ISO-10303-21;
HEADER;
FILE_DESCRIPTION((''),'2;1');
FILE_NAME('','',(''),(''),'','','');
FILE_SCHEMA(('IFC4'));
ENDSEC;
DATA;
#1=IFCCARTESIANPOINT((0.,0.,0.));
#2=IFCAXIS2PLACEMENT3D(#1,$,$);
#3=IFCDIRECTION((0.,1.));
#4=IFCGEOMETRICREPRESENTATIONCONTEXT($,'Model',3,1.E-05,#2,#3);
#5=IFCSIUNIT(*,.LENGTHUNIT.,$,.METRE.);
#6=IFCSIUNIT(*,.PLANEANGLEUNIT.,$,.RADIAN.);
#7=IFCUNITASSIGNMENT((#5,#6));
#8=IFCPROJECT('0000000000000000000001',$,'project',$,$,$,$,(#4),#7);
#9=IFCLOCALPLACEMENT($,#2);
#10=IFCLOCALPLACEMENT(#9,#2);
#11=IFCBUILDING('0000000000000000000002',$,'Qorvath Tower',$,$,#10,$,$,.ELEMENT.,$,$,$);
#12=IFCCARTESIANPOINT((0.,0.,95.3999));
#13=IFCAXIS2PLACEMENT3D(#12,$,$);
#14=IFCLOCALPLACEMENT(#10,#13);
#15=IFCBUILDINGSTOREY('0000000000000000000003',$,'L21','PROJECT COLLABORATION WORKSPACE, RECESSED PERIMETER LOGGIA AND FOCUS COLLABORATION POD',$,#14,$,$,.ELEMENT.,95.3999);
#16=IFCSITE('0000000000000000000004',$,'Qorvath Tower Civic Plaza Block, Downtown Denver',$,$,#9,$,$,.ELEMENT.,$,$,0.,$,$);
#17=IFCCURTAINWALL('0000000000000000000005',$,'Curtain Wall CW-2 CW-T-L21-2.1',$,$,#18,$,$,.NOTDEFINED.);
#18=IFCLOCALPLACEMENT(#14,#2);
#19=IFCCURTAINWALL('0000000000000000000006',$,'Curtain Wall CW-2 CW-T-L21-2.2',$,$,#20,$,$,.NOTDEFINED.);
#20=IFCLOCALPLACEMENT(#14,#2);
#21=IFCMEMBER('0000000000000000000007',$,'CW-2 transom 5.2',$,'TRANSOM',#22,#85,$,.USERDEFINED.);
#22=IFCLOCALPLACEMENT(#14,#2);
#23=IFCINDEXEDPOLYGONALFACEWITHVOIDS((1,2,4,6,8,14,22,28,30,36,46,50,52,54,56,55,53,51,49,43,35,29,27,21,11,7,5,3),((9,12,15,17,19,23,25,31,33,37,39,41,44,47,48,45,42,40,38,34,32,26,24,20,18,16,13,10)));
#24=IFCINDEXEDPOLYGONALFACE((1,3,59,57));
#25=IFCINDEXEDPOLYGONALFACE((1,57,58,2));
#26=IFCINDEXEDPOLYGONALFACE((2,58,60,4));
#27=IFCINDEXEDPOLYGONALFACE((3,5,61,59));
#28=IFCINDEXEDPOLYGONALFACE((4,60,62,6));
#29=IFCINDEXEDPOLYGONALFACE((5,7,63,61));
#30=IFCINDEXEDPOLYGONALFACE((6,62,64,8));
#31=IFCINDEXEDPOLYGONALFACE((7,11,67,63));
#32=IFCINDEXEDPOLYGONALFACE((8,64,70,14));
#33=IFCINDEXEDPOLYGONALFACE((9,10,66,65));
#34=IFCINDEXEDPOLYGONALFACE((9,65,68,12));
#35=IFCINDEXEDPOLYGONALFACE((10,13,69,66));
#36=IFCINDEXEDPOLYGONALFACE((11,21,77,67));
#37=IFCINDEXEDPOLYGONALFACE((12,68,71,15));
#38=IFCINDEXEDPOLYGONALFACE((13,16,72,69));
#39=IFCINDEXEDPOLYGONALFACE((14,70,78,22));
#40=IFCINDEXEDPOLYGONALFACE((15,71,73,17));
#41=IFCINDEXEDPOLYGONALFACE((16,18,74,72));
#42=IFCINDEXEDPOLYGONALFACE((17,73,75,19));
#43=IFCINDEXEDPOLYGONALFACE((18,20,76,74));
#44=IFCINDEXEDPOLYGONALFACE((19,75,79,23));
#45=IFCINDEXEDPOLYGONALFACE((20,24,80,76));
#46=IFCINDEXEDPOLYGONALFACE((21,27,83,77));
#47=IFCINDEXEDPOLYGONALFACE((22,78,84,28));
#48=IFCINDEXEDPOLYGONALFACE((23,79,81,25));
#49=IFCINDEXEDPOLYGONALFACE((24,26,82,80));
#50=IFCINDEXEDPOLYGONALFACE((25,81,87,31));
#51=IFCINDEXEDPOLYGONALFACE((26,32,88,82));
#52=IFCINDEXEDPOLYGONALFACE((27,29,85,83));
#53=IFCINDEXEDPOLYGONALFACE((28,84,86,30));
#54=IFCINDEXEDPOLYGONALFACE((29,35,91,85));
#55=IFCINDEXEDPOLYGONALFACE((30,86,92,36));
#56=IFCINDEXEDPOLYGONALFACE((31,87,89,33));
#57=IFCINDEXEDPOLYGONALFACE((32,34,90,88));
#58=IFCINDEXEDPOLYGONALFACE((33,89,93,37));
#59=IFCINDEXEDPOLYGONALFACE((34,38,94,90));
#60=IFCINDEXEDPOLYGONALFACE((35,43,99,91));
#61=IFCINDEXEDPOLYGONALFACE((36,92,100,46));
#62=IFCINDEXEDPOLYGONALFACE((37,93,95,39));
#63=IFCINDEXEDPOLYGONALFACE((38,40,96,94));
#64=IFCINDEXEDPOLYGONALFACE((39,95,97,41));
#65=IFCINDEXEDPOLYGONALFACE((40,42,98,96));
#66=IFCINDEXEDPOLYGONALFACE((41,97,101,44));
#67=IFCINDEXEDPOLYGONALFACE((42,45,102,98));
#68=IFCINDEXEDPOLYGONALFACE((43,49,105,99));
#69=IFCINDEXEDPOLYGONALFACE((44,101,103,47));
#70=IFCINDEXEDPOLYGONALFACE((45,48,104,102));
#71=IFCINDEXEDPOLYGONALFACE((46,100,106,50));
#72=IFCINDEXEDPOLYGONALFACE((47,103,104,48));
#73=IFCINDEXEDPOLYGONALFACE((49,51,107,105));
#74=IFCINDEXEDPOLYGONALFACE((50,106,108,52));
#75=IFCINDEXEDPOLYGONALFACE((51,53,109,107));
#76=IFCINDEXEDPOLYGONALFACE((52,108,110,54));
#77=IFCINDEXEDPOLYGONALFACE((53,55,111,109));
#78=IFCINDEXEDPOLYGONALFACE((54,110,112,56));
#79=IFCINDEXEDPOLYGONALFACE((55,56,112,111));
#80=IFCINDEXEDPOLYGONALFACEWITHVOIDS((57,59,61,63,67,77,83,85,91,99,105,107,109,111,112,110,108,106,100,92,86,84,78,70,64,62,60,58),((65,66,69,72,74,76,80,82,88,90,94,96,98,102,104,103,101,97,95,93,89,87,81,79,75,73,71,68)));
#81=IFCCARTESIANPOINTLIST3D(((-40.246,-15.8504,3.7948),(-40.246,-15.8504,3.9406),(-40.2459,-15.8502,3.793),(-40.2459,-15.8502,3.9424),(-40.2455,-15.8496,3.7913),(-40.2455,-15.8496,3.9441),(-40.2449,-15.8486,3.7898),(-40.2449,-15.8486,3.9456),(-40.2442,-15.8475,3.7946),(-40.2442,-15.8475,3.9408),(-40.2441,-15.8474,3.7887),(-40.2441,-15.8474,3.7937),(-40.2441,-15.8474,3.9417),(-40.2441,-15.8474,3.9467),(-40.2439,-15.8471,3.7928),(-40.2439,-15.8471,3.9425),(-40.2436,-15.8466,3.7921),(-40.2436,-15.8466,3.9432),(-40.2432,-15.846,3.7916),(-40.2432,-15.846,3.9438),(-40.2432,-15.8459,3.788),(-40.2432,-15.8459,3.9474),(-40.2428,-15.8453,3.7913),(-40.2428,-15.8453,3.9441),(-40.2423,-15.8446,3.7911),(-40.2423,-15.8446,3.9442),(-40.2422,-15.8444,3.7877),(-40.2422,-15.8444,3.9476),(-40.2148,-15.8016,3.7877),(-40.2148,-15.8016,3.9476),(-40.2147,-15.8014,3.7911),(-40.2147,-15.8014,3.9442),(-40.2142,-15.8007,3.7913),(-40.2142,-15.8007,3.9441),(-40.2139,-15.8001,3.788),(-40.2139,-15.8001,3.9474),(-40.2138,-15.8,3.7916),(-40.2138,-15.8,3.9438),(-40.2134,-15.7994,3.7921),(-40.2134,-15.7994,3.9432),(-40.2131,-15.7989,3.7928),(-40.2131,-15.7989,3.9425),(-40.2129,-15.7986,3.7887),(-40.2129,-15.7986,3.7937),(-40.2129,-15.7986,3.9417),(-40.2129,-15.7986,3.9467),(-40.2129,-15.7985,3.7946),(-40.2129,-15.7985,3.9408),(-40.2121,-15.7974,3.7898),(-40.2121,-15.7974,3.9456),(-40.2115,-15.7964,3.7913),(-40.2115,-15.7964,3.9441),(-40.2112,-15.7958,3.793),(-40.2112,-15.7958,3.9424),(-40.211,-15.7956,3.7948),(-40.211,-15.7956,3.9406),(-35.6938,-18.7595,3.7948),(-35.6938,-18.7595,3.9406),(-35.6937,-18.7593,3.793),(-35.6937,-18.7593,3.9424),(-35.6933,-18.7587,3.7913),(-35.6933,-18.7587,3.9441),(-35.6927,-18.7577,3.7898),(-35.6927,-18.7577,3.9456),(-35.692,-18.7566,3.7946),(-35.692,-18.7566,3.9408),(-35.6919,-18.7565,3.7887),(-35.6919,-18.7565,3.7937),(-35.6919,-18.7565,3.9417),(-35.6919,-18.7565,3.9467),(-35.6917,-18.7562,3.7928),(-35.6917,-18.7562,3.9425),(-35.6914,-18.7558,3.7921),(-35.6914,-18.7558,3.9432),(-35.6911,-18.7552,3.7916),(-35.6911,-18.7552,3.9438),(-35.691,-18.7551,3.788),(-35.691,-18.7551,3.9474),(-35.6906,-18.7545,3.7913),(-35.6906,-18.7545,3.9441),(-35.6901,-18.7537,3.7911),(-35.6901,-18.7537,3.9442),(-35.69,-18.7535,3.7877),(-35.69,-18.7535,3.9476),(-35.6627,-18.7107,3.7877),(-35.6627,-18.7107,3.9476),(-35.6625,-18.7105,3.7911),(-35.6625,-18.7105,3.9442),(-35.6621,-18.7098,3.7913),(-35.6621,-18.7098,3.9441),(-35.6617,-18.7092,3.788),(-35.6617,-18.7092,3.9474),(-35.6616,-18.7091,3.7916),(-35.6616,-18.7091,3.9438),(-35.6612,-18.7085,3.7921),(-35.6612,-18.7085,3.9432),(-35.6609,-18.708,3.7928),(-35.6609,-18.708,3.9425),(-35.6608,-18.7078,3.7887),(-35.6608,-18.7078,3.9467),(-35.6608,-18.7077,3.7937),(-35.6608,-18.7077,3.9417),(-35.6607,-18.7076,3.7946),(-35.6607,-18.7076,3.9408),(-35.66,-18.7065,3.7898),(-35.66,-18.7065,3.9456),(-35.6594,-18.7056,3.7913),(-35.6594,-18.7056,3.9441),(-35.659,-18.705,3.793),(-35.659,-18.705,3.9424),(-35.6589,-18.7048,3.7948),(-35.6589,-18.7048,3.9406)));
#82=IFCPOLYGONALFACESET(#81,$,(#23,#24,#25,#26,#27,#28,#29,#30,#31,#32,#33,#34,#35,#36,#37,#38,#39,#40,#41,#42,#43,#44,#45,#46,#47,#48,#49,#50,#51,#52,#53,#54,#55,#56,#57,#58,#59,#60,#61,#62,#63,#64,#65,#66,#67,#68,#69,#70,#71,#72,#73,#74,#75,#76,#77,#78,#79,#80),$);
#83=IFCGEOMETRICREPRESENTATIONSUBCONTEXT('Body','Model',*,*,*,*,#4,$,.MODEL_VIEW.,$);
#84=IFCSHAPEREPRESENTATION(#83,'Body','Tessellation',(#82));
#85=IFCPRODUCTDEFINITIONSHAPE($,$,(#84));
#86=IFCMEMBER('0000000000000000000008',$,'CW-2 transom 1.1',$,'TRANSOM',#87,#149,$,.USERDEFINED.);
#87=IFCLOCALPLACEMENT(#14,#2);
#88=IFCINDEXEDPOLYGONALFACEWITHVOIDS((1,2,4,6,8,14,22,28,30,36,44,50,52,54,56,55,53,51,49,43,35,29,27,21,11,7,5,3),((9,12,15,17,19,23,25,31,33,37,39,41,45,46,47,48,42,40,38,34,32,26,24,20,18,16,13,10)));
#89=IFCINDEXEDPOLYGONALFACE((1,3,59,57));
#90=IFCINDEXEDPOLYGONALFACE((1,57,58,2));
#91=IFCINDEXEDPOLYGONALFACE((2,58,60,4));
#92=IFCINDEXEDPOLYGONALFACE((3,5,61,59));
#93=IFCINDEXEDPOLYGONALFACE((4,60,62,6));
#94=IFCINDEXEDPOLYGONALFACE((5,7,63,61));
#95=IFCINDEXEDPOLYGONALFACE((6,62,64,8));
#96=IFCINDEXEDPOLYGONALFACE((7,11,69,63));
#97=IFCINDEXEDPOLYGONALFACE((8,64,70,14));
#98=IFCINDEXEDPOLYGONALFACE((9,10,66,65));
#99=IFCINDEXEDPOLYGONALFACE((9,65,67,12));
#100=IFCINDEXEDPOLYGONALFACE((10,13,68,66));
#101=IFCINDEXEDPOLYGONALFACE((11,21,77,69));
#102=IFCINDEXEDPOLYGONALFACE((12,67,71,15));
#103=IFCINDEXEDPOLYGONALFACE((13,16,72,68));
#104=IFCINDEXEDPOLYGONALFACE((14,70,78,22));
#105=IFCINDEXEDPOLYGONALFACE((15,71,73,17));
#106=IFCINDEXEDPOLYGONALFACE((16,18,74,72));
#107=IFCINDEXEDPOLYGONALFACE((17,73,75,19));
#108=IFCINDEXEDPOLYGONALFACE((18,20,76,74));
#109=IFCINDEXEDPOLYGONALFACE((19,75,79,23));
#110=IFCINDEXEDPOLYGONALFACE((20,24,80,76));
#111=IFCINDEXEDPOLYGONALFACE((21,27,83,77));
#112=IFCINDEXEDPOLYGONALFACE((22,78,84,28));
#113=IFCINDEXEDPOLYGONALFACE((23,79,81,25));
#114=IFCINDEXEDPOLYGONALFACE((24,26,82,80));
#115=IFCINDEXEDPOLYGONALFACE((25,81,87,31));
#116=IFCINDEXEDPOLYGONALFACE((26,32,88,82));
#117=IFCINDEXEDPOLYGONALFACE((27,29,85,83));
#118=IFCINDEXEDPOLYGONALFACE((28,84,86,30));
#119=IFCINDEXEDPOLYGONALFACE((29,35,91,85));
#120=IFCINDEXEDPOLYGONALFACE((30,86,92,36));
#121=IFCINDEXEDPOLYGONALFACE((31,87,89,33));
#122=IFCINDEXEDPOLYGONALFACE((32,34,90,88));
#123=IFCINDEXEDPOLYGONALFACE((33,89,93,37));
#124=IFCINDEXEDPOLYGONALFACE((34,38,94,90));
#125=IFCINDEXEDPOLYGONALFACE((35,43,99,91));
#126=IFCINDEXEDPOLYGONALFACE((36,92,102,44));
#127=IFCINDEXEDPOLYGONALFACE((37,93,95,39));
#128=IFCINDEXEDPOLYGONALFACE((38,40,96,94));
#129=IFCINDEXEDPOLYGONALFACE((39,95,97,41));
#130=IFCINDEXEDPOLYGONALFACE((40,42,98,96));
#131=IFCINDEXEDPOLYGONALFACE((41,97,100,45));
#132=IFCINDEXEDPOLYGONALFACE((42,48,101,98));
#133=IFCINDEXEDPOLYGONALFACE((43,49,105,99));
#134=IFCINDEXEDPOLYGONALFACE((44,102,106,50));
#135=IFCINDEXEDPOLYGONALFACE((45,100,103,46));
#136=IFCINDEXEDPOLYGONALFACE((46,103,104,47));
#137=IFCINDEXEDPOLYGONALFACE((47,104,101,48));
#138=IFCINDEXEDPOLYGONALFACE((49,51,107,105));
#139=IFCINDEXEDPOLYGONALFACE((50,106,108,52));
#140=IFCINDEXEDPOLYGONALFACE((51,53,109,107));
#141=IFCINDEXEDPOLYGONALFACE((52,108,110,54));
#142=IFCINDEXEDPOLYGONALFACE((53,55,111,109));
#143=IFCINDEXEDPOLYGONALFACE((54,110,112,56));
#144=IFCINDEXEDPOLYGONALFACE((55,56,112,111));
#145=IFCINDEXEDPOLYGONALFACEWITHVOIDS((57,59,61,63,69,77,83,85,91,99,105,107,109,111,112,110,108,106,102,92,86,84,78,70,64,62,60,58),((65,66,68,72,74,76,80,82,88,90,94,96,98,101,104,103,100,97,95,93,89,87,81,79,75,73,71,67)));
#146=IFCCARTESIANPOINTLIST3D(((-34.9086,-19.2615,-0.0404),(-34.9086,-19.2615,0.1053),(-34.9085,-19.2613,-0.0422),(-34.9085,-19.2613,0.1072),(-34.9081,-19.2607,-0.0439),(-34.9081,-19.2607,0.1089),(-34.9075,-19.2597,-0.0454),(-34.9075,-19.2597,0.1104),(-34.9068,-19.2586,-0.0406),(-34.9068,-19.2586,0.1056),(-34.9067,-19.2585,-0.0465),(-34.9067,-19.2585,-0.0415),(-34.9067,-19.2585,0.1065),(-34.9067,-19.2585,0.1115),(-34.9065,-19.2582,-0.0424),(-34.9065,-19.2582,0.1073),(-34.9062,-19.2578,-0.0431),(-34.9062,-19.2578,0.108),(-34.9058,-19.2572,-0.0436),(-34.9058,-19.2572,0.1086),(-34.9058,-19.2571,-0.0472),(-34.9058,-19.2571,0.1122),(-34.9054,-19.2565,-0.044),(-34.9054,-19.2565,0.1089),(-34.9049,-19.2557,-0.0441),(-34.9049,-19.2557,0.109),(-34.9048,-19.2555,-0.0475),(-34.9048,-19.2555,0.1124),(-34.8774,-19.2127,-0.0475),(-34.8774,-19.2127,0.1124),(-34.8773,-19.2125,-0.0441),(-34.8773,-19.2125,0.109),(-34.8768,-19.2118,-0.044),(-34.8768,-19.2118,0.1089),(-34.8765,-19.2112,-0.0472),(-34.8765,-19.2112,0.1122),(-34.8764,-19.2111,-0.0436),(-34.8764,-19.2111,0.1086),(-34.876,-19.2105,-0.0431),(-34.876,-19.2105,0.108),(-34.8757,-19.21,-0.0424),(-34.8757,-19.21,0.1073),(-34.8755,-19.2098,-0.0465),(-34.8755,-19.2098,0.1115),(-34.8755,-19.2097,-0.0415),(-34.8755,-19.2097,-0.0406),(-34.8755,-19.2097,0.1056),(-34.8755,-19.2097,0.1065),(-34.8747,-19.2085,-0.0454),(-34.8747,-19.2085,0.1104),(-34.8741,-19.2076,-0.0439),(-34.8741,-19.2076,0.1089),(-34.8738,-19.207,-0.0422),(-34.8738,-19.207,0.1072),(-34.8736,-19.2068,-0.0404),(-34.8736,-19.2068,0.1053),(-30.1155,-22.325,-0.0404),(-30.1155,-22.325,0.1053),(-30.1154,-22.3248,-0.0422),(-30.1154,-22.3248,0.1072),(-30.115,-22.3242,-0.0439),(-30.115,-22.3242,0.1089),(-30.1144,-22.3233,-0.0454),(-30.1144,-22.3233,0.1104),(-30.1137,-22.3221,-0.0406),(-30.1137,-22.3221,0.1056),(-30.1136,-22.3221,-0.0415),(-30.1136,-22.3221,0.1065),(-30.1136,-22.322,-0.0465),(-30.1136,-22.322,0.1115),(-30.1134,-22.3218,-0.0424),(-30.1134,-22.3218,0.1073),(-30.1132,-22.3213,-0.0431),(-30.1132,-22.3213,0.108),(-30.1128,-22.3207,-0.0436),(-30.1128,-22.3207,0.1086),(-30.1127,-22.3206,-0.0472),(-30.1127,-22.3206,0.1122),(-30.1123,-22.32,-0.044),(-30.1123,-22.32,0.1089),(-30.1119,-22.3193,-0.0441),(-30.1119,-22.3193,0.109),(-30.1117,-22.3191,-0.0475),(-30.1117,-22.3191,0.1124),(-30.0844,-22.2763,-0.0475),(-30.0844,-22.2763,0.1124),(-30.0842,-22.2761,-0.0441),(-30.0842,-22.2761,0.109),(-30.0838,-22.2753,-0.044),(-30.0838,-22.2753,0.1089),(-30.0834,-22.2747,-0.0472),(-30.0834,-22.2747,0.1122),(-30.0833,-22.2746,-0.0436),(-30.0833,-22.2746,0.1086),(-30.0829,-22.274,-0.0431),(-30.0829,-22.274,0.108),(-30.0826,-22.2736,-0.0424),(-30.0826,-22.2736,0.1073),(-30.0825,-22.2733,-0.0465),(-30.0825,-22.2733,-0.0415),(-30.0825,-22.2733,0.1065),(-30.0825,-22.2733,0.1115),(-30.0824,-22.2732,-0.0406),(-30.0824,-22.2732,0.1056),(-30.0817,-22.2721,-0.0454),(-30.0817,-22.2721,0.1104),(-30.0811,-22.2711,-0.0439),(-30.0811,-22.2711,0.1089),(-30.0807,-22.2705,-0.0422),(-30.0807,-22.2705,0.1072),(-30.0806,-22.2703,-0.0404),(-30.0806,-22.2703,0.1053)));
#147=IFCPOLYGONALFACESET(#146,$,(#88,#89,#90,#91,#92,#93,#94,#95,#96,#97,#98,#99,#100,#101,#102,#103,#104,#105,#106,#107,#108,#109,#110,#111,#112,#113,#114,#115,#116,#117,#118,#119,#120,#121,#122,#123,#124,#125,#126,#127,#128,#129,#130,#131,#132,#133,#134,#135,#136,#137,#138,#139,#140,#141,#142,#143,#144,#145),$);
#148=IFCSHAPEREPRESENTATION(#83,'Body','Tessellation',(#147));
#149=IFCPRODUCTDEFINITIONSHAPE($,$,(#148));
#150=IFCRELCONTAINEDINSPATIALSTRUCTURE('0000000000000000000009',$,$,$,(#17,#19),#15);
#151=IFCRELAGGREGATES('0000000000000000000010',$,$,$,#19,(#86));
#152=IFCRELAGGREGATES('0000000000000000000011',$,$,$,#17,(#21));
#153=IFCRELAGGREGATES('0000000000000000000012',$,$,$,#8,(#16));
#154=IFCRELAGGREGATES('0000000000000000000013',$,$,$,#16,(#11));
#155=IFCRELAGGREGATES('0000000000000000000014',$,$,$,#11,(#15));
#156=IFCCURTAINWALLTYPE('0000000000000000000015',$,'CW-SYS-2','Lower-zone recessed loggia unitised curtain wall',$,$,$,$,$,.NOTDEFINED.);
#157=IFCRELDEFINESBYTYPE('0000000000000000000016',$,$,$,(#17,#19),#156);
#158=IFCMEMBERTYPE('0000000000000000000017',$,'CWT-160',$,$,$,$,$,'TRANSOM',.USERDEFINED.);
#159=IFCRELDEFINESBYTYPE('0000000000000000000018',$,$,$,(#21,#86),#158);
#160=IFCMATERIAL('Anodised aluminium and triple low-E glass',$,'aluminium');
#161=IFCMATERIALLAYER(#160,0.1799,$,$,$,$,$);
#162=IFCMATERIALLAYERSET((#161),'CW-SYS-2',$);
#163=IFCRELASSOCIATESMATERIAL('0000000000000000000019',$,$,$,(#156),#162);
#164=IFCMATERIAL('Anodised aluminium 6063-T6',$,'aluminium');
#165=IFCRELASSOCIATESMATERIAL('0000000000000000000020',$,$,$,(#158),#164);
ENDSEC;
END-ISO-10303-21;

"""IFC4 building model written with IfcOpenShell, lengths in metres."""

from ifc_helpers import new_model, si_unit, direction, frame, origin, origin_2d, place, context, subcontext, project, spatial, hollow_rectangle, extrude, material, layer, layer_set, material_profile, profile_set, type_object, element, aggregate, save


model = new_model("IFC4")

# Units and contexts
model_context = context("Model", 3, precision=1e-05, world=origin(), true_north=direction((0.0, 1.0)))
body_context = subcontext(model_context, "Body", "Model", "MODEL_VIEW")
ifc_project = project(units=[si_unit("LENGTHUNIT", "METRE"), si_unit("PLANEANGLEUNIT", "RADIAN")], contexts=[model_context])

# Site, building, storey
site_placement = place(None, origin())
site = spatial("IfcSite", under=ifc_project, at=site_placement, Name="Qorvath Tower Civic Plaza Block, Downtown Denver", CompositionType="ELEMENT", RefElevation=0.0)
building_placement = place(site_placement, origin())
building = spatial("IfcBuilding", under=site, at=building_placement, Name="Qorvath Tower", CompositionType="ELEMENT")
storey_placement = place(building_placement, frame((0.0, 0.0, 95.3999)))
storey = spatial("IfcBuildingStorey", under=building, at=storey_placement, Name="L21", Description="PROJECT COLLABORATION WORKSPACE, RECESSED PERIMETER LOGGIA AND FOCUS COLLABORATION POD", CompositionType="ELEMENT", Elevation=95.3999)

# Curtain wall
ifc_material_1 = material(Name="Anodised aluminium and triple low-E glass", Category="aluminium")
ifc_layer_1 = layer(ifc_material_1, 0.1799)
ifc_layer_set_1 = layer_set([ifc_layer_1], Name="CW-SYS-2")
curtain_wall_type = type_object("IfcCurtainWallType", Name="CW-SYS-2", Description="Lower-zone recessed loggia unitised curtain wall", PredefinedType="NOTDEFINED", material=ifc_layer_set_1)
curtain_wall_1_placement = place(storey_placement, origin())
curtain_wall_1 = element("IfcCurtainWall", 1, at=curtain_wall_1_placement, inside=storey, type_object=curtain_wall_type, Name="Curtain Wall CW-2 CW-T-L21-2.1", PredefinedType="NOTDEFINED")

# Curtain wall
curtain_wall_2_placement = place(storey_placement, origin())
curtain_wall_2 = element("IfcCurtainWall", 2, at=curtain_wall_2_placement, inside=storey, type_object=curtain_wall_type, Name="Curtain Wall CW-2 CW-T-L21-2.2", PredefinedType="NOTDEFINED")

# Members
ifc_material_2 = material(Name="Anodised aluminium 6063-T6", Category="aluminium")
ifc_material_profile_1 = material_profile(ifc_material_2, hollow_rectangle(XDim=0.0649, YDim=0.1599, WallThickness=0.0034, InnerFilletRadius=0.0034, OuterFilletRadius=0.0071, at=origin_2d()), Name="CWT 160x65")
ifc_profile_set_1 = profile_set([ifc_material_profile_1], Name="Anodised aluminium 6063-T6")
member_type_1 = type_object("IfcMemberType", Name="CWT-160", ElementType="TRANSOM", PredefinedType="USERDEFINED", material=ifc_profile_set_1)
member_1_placement = place(storey_placement, frame((-40.2285, -15.823, 3.8677), z_axis=(0.842629, -0.538494, 0.0), x_axis=(0.538494, 0.842629, 0.0)))
member_1 = element("IfcMember", 3, at=member_1_placement, type_object=member_type_1, Name="CW-2 transom 5.2", ObjectType="TRANSOM", PredefinedType="USERDEFINED", context=body_context, shape_type="SweptSolid", body=[
    extrude(hollow_rectangle(XDim=0.0649, YDim=0.1599, WallThickness=0.0034, InnerFilletRadius=0.0034, OuterFilletRadius=0.0071, at=origin_2d()), origin(), (0.0, 0.0, 1.0), 5.4023),
])
member_2_placement = place(storey_placement, frame((-34.8911, -19.2341, 0.0325), z_axis=(0.842592, -0.538552, 0.0), x_axis=(0.538552, 0.842592, 0.0)))
member_2 = element("IfcMember", 4, at=member_2_placement, type_object=member_type_1, Name="CW-2 transom 1.1", ObjectType="TRANSOM", PredefinedType="USERDEFINED", context=body_context, shape_type="SweptSolid", body=[
    extrude(hollow_rectangle(XDim=0.0649, YDim=0.1599, WallThickness=0.0034, InnerFilletRadius=0.0034, OuterFilletRadius=0.0071, at=origin_2d()), origin(), (0.0, 0.0, 1.0), 5.6885),
])
aggregate(curtain_wall_2, [member_2])

aggregate(curtain_wall_1, [member_1])

save(model, "model.ifc")
